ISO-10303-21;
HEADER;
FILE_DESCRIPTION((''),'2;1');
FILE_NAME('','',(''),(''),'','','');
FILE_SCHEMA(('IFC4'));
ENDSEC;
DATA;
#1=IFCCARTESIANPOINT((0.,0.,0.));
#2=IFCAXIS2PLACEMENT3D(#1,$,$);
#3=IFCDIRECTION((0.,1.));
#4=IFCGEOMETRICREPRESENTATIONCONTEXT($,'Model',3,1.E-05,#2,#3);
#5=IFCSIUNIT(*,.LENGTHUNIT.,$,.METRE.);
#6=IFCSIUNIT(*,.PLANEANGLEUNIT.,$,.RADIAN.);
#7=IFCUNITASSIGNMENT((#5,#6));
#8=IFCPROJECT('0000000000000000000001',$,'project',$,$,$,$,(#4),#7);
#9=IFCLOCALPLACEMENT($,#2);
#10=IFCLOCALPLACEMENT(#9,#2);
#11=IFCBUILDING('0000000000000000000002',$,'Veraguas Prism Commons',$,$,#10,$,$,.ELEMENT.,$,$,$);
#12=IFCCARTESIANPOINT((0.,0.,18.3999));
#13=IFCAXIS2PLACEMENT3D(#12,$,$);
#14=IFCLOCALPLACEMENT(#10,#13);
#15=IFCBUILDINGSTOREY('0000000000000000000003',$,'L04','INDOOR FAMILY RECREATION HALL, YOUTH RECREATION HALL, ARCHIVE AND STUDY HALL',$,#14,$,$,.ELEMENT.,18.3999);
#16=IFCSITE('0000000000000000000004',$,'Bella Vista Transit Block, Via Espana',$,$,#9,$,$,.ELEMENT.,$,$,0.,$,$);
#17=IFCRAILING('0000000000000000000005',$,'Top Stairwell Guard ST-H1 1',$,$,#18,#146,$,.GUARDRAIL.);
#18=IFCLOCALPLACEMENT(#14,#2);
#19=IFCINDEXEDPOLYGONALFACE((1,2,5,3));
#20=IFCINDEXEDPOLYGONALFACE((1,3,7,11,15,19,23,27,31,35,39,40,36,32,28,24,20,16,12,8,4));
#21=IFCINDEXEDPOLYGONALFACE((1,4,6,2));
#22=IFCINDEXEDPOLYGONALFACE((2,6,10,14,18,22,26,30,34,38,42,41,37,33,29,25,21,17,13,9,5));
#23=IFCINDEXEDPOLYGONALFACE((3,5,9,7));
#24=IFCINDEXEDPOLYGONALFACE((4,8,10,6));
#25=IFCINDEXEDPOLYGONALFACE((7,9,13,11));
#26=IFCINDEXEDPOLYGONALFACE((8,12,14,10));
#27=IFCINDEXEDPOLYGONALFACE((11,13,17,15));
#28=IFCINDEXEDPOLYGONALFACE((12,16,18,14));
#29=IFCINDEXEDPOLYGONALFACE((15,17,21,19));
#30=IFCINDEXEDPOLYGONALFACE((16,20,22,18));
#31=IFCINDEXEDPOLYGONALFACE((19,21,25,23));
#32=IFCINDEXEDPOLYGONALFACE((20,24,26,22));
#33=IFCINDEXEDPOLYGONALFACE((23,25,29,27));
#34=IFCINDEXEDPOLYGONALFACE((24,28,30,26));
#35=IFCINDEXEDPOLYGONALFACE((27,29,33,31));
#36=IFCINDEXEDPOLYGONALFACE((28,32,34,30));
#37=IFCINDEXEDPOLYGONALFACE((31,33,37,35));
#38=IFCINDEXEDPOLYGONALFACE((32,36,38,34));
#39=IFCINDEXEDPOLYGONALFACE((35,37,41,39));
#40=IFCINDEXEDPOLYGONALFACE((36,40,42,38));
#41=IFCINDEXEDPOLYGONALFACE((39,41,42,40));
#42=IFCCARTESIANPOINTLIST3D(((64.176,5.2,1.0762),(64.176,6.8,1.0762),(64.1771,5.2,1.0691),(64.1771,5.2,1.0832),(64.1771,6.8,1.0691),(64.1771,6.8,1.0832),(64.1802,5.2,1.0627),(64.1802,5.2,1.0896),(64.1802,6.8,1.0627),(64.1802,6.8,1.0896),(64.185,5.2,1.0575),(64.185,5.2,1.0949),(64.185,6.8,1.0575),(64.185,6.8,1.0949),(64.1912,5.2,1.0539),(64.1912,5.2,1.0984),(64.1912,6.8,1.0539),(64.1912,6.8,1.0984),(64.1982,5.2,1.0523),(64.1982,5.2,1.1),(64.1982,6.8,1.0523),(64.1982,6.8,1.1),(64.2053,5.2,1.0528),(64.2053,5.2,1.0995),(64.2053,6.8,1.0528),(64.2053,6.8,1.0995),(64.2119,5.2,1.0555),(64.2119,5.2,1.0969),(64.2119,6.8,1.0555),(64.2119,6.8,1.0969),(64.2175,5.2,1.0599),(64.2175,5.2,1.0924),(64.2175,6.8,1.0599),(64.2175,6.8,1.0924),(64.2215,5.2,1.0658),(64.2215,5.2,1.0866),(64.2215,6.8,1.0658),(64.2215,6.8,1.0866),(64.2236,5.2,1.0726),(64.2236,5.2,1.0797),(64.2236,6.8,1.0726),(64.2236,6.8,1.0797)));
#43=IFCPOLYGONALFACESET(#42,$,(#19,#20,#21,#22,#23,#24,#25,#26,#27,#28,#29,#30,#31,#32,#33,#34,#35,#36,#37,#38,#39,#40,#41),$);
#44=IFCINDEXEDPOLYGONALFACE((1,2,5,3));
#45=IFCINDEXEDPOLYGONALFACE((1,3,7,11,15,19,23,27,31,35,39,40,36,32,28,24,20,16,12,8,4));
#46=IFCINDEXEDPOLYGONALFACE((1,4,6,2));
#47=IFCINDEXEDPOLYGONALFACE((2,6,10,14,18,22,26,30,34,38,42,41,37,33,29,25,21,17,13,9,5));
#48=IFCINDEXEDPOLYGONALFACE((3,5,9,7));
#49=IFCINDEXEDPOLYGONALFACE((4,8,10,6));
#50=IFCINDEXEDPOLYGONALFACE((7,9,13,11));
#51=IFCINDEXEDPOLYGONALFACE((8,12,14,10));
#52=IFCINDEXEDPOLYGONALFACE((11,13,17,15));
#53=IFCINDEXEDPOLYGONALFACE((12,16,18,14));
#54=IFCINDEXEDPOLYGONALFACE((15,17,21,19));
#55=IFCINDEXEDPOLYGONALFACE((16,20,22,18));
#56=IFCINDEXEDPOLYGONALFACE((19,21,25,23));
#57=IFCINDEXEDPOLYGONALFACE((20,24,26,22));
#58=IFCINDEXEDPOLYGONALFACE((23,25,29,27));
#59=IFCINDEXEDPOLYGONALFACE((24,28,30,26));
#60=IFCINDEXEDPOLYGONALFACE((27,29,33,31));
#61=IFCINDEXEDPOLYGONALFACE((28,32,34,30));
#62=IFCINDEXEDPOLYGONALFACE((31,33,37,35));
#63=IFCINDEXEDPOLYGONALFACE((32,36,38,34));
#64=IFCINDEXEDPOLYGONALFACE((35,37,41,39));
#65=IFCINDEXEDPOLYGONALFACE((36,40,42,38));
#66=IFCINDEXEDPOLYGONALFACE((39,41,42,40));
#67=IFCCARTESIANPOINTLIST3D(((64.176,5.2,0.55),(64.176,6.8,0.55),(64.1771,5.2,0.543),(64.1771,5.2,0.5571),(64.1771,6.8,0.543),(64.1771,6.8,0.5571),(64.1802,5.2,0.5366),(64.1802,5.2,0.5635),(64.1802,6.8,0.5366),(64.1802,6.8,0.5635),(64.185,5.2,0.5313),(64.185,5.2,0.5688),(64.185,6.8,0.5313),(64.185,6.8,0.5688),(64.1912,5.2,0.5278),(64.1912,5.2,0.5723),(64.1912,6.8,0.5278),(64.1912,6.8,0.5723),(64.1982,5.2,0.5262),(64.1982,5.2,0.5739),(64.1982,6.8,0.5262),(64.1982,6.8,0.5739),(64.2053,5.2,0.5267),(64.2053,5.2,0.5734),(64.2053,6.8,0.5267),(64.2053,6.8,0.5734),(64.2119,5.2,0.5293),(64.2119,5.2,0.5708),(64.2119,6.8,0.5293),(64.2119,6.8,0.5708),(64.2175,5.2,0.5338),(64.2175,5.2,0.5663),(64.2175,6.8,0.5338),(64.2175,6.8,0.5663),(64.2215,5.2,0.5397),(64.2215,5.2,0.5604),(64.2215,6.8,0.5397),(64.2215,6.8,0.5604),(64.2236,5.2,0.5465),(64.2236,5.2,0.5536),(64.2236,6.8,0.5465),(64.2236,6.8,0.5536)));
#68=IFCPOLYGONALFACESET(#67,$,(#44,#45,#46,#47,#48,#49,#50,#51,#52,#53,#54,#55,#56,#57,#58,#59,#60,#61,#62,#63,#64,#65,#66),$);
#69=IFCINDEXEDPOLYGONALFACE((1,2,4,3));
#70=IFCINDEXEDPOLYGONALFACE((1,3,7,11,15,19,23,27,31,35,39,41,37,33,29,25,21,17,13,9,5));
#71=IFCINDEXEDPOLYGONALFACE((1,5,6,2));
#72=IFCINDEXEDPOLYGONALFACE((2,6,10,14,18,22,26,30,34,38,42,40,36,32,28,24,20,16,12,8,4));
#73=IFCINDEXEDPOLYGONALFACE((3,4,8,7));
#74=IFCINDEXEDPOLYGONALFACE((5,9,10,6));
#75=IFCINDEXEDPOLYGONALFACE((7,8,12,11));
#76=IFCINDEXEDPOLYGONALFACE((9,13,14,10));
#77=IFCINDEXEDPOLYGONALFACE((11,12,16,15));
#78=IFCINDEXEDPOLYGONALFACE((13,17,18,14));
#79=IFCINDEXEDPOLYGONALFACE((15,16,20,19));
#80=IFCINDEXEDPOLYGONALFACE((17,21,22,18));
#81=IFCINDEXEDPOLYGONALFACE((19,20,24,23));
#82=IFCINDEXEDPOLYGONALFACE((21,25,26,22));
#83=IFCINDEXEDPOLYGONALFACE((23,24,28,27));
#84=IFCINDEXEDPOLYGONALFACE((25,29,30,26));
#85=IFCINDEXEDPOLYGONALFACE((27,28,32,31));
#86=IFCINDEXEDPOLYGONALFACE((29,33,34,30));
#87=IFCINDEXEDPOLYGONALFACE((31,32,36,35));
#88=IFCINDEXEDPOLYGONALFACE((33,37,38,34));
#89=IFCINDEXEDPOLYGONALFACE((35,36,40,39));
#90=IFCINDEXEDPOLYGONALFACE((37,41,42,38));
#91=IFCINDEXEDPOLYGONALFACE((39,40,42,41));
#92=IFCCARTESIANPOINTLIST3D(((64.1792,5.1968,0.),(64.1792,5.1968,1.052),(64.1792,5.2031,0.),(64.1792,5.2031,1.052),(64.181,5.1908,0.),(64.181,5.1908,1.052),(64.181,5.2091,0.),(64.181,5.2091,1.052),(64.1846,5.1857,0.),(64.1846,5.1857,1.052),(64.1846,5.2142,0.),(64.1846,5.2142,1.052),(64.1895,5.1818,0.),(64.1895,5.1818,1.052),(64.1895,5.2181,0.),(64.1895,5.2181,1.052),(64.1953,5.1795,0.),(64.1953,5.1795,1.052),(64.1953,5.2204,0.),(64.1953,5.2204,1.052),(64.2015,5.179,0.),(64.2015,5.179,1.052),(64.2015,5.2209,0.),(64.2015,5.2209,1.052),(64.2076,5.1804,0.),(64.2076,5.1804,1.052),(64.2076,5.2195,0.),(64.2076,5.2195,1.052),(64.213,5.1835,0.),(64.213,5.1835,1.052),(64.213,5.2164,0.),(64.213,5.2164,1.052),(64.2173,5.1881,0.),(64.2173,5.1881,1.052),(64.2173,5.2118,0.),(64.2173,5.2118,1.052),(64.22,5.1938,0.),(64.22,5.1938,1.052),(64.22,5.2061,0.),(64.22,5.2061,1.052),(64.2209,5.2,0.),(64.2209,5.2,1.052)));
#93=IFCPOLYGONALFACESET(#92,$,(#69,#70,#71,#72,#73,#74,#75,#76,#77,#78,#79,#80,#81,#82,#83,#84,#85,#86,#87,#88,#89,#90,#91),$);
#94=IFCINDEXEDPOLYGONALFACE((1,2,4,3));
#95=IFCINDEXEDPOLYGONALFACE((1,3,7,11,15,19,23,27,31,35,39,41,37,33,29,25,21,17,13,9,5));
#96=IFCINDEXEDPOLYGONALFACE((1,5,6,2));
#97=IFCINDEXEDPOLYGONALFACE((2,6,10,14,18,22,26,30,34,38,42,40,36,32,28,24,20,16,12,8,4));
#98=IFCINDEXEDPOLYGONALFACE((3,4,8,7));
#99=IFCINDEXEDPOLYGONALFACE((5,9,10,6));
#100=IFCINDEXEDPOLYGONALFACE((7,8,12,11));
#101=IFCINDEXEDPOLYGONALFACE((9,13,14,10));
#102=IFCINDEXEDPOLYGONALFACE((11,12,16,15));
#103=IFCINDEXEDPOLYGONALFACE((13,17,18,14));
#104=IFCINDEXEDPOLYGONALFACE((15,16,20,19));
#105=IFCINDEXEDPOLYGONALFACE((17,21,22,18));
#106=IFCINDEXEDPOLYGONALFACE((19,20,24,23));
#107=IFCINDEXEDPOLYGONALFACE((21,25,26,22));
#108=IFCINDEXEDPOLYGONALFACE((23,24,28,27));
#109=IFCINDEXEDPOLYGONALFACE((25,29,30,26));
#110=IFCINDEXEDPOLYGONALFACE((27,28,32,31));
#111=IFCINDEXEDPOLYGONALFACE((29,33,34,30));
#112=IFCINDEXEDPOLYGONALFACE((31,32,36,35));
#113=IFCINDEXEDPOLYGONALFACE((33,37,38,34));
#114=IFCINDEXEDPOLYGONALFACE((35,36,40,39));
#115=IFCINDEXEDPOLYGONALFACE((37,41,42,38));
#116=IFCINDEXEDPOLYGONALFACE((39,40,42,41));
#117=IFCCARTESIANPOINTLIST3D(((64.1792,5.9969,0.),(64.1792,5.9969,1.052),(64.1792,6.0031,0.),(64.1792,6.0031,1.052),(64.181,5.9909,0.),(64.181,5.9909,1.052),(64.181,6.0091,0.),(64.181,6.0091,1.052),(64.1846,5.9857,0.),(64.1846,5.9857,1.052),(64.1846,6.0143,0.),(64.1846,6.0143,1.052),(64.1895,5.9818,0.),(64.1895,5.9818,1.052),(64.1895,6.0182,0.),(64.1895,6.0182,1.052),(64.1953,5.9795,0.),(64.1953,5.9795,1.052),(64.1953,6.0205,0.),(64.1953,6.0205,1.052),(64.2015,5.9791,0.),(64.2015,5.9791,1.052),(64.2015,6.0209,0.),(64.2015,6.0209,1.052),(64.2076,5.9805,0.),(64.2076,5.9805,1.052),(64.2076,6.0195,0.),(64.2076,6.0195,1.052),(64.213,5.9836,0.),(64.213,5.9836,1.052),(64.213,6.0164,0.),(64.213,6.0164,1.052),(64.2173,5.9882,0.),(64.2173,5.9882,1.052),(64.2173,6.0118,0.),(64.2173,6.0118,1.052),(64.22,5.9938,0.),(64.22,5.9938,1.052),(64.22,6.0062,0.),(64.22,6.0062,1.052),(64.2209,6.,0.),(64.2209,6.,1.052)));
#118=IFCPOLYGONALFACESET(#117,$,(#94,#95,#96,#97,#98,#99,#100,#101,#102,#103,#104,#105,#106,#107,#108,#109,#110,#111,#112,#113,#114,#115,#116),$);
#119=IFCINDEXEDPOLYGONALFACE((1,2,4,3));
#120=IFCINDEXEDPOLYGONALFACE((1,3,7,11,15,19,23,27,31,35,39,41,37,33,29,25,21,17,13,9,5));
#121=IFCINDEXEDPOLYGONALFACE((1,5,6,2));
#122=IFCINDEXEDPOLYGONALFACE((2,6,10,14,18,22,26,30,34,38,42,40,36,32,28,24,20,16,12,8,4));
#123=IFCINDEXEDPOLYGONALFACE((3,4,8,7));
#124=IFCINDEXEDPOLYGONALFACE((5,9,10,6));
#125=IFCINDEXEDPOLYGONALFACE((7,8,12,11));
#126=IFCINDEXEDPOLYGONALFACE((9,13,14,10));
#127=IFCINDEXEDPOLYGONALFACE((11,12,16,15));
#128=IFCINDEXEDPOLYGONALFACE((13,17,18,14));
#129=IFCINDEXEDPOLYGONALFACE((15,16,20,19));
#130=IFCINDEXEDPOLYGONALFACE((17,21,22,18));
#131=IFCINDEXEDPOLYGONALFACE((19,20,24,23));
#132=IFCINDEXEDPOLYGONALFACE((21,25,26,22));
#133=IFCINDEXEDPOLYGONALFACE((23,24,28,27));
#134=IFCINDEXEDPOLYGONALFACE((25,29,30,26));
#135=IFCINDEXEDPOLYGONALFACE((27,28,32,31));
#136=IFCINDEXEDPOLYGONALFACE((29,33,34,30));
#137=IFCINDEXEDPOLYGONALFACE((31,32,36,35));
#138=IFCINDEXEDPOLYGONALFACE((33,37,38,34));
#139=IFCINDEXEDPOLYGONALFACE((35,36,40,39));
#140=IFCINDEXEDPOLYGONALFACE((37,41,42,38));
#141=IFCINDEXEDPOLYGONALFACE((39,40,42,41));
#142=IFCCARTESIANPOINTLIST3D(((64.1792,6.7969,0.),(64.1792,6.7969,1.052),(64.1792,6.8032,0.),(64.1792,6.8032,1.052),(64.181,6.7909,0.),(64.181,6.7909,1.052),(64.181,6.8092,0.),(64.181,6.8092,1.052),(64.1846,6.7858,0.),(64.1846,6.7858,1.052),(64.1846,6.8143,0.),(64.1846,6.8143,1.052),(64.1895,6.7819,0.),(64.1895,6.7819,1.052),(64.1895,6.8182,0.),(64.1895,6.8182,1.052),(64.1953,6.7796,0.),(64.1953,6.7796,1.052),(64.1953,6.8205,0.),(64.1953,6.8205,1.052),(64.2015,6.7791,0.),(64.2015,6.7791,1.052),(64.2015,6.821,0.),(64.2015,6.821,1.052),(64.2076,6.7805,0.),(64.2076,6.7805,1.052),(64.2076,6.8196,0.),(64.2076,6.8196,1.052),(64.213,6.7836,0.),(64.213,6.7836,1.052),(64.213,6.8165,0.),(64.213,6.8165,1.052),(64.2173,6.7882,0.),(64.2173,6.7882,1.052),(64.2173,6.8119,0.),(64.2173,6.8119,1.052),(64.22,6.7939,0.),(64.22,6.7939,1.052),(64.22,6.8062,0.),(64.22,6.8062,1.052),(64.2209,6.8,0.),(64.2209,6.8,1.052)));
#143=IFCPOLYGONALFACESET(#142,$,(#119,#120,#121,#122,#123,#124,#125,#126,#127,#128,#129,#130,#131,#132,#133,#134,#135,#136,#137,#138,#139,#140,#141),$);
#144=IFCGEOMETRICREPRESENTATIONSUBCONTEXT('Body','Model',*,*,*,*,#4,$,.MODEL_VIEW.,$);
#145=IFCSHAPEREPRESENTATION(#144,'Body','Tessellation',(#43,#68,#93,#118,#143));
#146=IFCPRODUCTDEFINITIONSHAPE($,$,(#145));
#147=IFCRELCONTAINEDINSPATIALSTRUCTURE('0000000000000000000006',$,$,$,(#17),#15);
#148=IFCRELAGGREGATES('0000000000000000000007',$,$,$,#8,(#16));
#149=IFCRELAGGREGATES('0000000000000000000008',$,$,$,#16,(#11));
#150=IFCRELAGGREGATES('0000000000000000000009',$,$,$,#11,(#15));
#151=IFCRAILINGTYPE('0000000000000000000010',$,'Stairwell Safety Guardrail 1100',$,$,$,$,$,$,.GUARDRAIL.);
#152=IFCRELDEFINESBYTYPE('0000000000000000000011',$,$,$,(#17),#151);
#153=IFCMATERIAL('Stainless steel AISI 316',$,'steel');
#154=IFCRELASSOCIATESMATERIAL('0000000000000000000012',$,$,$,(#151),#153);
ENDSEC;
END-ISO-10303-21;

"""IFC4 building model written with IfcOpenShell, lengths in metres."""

from ifc_helpers import new_model, si_unit, direction, frame, origin, origin_2d, place, context, subcontext, project, spatial, circle, extrude, material, type_object, element, save


model = new_model("IFC4")

# Units and contexts
model_context = context("Model", 3, precision=1e-05, world=origin(), true_north=direction((0.0, 1.0)))
body_context = subcontext(model_context, "Body", "Model", "MODEL_VIEW")
ifc_project = project(units=[si_unit("LENGTHUNIT", "METRE"), si_unit("PLANEANGLEUNIT", "RADIAN")], contexts=[model_context])

# Site, building, storey
site_placement = place(None, origin())
site = spatial("IfcSite", under=ifc_project, at=site_placement, Name="Bella Vista Transit Block, Via Espana", CompositionType="ELEMENT", RefElevation=0.0)
building_placement = place(site_placement, origin())
building = spatial("IfcBuilding", under=site, at=building_placement, Name="Veraguas Prism Commons", CompositionType="ELEMENT")
storey_placement = place(building_placement, frame((0.0, 0.0, 18.3999)))
storey = spatial("IfcBuildingStorey", under=building, at=storey_placement, Name="L04", Description="INDOOR FAMILY RECREATION HALL, YOUTH RECREATION HALL, ARCHIVE AND STUDY HALL", CompositionType="ELEMENT", Elevation=18.3999)

# Shared definitions
ifc_material_1 = material(Name="Stainless steel AISI 316", Category="steel")

# Railing
railing_type = type_object("IfcRailingType", Name="Stairwell Safety Guardrail 1100", PredefinedType="GUARDRAIL", material=ifc_material_1)
railing_placement = place(storey_placement, frame((64.2, 5.2, 0.0)))
element("IfcRailing", 1, at=railing_placement, inside=storey, type_object=railing_type, Name="Top Stairwell Guard ST-H1 1", PredefinedType="GUARDRAIL", context=body_context, shape_type="SweptSolid", body=[
    extrude(circle(Radius=0.0239, at=origin_2d()), frame((0.0, 0.0, 1.0762), z_axis=(0.0, 1.0, 0.0), x_axis=(-1.0, 0.0, 0.0)), (0.0, 0.0, 1.0), 1.6001),
    extrude(circle(Radius=0.0239, at=origin_2d()), frame((0.0, 0.0, 0.55), z_axis=(0.0, 1.0, 0.0), x_axis=(-1.0, 0.0, 0.0)), (0.0, 0.0, 1.0), 1.6001),
    extrude(circle(Radius=0.021, at=origin_2d()), origin(), (0.0, 0.0, 1.0), 1.052),
    extrude(circle(Radius=0.021, at=origin_2d()), frame((0.0, 0.8, 0.0)), (0.0, 0.0, 1.0), 1.052),
    extrude(circle(Radius=0.021, at=origin_2d()), frame((0.0, 1.6001, 0.0)), (0.0, 0.0, 1.0), 1.052),
])

save(model, "model.ifc")
